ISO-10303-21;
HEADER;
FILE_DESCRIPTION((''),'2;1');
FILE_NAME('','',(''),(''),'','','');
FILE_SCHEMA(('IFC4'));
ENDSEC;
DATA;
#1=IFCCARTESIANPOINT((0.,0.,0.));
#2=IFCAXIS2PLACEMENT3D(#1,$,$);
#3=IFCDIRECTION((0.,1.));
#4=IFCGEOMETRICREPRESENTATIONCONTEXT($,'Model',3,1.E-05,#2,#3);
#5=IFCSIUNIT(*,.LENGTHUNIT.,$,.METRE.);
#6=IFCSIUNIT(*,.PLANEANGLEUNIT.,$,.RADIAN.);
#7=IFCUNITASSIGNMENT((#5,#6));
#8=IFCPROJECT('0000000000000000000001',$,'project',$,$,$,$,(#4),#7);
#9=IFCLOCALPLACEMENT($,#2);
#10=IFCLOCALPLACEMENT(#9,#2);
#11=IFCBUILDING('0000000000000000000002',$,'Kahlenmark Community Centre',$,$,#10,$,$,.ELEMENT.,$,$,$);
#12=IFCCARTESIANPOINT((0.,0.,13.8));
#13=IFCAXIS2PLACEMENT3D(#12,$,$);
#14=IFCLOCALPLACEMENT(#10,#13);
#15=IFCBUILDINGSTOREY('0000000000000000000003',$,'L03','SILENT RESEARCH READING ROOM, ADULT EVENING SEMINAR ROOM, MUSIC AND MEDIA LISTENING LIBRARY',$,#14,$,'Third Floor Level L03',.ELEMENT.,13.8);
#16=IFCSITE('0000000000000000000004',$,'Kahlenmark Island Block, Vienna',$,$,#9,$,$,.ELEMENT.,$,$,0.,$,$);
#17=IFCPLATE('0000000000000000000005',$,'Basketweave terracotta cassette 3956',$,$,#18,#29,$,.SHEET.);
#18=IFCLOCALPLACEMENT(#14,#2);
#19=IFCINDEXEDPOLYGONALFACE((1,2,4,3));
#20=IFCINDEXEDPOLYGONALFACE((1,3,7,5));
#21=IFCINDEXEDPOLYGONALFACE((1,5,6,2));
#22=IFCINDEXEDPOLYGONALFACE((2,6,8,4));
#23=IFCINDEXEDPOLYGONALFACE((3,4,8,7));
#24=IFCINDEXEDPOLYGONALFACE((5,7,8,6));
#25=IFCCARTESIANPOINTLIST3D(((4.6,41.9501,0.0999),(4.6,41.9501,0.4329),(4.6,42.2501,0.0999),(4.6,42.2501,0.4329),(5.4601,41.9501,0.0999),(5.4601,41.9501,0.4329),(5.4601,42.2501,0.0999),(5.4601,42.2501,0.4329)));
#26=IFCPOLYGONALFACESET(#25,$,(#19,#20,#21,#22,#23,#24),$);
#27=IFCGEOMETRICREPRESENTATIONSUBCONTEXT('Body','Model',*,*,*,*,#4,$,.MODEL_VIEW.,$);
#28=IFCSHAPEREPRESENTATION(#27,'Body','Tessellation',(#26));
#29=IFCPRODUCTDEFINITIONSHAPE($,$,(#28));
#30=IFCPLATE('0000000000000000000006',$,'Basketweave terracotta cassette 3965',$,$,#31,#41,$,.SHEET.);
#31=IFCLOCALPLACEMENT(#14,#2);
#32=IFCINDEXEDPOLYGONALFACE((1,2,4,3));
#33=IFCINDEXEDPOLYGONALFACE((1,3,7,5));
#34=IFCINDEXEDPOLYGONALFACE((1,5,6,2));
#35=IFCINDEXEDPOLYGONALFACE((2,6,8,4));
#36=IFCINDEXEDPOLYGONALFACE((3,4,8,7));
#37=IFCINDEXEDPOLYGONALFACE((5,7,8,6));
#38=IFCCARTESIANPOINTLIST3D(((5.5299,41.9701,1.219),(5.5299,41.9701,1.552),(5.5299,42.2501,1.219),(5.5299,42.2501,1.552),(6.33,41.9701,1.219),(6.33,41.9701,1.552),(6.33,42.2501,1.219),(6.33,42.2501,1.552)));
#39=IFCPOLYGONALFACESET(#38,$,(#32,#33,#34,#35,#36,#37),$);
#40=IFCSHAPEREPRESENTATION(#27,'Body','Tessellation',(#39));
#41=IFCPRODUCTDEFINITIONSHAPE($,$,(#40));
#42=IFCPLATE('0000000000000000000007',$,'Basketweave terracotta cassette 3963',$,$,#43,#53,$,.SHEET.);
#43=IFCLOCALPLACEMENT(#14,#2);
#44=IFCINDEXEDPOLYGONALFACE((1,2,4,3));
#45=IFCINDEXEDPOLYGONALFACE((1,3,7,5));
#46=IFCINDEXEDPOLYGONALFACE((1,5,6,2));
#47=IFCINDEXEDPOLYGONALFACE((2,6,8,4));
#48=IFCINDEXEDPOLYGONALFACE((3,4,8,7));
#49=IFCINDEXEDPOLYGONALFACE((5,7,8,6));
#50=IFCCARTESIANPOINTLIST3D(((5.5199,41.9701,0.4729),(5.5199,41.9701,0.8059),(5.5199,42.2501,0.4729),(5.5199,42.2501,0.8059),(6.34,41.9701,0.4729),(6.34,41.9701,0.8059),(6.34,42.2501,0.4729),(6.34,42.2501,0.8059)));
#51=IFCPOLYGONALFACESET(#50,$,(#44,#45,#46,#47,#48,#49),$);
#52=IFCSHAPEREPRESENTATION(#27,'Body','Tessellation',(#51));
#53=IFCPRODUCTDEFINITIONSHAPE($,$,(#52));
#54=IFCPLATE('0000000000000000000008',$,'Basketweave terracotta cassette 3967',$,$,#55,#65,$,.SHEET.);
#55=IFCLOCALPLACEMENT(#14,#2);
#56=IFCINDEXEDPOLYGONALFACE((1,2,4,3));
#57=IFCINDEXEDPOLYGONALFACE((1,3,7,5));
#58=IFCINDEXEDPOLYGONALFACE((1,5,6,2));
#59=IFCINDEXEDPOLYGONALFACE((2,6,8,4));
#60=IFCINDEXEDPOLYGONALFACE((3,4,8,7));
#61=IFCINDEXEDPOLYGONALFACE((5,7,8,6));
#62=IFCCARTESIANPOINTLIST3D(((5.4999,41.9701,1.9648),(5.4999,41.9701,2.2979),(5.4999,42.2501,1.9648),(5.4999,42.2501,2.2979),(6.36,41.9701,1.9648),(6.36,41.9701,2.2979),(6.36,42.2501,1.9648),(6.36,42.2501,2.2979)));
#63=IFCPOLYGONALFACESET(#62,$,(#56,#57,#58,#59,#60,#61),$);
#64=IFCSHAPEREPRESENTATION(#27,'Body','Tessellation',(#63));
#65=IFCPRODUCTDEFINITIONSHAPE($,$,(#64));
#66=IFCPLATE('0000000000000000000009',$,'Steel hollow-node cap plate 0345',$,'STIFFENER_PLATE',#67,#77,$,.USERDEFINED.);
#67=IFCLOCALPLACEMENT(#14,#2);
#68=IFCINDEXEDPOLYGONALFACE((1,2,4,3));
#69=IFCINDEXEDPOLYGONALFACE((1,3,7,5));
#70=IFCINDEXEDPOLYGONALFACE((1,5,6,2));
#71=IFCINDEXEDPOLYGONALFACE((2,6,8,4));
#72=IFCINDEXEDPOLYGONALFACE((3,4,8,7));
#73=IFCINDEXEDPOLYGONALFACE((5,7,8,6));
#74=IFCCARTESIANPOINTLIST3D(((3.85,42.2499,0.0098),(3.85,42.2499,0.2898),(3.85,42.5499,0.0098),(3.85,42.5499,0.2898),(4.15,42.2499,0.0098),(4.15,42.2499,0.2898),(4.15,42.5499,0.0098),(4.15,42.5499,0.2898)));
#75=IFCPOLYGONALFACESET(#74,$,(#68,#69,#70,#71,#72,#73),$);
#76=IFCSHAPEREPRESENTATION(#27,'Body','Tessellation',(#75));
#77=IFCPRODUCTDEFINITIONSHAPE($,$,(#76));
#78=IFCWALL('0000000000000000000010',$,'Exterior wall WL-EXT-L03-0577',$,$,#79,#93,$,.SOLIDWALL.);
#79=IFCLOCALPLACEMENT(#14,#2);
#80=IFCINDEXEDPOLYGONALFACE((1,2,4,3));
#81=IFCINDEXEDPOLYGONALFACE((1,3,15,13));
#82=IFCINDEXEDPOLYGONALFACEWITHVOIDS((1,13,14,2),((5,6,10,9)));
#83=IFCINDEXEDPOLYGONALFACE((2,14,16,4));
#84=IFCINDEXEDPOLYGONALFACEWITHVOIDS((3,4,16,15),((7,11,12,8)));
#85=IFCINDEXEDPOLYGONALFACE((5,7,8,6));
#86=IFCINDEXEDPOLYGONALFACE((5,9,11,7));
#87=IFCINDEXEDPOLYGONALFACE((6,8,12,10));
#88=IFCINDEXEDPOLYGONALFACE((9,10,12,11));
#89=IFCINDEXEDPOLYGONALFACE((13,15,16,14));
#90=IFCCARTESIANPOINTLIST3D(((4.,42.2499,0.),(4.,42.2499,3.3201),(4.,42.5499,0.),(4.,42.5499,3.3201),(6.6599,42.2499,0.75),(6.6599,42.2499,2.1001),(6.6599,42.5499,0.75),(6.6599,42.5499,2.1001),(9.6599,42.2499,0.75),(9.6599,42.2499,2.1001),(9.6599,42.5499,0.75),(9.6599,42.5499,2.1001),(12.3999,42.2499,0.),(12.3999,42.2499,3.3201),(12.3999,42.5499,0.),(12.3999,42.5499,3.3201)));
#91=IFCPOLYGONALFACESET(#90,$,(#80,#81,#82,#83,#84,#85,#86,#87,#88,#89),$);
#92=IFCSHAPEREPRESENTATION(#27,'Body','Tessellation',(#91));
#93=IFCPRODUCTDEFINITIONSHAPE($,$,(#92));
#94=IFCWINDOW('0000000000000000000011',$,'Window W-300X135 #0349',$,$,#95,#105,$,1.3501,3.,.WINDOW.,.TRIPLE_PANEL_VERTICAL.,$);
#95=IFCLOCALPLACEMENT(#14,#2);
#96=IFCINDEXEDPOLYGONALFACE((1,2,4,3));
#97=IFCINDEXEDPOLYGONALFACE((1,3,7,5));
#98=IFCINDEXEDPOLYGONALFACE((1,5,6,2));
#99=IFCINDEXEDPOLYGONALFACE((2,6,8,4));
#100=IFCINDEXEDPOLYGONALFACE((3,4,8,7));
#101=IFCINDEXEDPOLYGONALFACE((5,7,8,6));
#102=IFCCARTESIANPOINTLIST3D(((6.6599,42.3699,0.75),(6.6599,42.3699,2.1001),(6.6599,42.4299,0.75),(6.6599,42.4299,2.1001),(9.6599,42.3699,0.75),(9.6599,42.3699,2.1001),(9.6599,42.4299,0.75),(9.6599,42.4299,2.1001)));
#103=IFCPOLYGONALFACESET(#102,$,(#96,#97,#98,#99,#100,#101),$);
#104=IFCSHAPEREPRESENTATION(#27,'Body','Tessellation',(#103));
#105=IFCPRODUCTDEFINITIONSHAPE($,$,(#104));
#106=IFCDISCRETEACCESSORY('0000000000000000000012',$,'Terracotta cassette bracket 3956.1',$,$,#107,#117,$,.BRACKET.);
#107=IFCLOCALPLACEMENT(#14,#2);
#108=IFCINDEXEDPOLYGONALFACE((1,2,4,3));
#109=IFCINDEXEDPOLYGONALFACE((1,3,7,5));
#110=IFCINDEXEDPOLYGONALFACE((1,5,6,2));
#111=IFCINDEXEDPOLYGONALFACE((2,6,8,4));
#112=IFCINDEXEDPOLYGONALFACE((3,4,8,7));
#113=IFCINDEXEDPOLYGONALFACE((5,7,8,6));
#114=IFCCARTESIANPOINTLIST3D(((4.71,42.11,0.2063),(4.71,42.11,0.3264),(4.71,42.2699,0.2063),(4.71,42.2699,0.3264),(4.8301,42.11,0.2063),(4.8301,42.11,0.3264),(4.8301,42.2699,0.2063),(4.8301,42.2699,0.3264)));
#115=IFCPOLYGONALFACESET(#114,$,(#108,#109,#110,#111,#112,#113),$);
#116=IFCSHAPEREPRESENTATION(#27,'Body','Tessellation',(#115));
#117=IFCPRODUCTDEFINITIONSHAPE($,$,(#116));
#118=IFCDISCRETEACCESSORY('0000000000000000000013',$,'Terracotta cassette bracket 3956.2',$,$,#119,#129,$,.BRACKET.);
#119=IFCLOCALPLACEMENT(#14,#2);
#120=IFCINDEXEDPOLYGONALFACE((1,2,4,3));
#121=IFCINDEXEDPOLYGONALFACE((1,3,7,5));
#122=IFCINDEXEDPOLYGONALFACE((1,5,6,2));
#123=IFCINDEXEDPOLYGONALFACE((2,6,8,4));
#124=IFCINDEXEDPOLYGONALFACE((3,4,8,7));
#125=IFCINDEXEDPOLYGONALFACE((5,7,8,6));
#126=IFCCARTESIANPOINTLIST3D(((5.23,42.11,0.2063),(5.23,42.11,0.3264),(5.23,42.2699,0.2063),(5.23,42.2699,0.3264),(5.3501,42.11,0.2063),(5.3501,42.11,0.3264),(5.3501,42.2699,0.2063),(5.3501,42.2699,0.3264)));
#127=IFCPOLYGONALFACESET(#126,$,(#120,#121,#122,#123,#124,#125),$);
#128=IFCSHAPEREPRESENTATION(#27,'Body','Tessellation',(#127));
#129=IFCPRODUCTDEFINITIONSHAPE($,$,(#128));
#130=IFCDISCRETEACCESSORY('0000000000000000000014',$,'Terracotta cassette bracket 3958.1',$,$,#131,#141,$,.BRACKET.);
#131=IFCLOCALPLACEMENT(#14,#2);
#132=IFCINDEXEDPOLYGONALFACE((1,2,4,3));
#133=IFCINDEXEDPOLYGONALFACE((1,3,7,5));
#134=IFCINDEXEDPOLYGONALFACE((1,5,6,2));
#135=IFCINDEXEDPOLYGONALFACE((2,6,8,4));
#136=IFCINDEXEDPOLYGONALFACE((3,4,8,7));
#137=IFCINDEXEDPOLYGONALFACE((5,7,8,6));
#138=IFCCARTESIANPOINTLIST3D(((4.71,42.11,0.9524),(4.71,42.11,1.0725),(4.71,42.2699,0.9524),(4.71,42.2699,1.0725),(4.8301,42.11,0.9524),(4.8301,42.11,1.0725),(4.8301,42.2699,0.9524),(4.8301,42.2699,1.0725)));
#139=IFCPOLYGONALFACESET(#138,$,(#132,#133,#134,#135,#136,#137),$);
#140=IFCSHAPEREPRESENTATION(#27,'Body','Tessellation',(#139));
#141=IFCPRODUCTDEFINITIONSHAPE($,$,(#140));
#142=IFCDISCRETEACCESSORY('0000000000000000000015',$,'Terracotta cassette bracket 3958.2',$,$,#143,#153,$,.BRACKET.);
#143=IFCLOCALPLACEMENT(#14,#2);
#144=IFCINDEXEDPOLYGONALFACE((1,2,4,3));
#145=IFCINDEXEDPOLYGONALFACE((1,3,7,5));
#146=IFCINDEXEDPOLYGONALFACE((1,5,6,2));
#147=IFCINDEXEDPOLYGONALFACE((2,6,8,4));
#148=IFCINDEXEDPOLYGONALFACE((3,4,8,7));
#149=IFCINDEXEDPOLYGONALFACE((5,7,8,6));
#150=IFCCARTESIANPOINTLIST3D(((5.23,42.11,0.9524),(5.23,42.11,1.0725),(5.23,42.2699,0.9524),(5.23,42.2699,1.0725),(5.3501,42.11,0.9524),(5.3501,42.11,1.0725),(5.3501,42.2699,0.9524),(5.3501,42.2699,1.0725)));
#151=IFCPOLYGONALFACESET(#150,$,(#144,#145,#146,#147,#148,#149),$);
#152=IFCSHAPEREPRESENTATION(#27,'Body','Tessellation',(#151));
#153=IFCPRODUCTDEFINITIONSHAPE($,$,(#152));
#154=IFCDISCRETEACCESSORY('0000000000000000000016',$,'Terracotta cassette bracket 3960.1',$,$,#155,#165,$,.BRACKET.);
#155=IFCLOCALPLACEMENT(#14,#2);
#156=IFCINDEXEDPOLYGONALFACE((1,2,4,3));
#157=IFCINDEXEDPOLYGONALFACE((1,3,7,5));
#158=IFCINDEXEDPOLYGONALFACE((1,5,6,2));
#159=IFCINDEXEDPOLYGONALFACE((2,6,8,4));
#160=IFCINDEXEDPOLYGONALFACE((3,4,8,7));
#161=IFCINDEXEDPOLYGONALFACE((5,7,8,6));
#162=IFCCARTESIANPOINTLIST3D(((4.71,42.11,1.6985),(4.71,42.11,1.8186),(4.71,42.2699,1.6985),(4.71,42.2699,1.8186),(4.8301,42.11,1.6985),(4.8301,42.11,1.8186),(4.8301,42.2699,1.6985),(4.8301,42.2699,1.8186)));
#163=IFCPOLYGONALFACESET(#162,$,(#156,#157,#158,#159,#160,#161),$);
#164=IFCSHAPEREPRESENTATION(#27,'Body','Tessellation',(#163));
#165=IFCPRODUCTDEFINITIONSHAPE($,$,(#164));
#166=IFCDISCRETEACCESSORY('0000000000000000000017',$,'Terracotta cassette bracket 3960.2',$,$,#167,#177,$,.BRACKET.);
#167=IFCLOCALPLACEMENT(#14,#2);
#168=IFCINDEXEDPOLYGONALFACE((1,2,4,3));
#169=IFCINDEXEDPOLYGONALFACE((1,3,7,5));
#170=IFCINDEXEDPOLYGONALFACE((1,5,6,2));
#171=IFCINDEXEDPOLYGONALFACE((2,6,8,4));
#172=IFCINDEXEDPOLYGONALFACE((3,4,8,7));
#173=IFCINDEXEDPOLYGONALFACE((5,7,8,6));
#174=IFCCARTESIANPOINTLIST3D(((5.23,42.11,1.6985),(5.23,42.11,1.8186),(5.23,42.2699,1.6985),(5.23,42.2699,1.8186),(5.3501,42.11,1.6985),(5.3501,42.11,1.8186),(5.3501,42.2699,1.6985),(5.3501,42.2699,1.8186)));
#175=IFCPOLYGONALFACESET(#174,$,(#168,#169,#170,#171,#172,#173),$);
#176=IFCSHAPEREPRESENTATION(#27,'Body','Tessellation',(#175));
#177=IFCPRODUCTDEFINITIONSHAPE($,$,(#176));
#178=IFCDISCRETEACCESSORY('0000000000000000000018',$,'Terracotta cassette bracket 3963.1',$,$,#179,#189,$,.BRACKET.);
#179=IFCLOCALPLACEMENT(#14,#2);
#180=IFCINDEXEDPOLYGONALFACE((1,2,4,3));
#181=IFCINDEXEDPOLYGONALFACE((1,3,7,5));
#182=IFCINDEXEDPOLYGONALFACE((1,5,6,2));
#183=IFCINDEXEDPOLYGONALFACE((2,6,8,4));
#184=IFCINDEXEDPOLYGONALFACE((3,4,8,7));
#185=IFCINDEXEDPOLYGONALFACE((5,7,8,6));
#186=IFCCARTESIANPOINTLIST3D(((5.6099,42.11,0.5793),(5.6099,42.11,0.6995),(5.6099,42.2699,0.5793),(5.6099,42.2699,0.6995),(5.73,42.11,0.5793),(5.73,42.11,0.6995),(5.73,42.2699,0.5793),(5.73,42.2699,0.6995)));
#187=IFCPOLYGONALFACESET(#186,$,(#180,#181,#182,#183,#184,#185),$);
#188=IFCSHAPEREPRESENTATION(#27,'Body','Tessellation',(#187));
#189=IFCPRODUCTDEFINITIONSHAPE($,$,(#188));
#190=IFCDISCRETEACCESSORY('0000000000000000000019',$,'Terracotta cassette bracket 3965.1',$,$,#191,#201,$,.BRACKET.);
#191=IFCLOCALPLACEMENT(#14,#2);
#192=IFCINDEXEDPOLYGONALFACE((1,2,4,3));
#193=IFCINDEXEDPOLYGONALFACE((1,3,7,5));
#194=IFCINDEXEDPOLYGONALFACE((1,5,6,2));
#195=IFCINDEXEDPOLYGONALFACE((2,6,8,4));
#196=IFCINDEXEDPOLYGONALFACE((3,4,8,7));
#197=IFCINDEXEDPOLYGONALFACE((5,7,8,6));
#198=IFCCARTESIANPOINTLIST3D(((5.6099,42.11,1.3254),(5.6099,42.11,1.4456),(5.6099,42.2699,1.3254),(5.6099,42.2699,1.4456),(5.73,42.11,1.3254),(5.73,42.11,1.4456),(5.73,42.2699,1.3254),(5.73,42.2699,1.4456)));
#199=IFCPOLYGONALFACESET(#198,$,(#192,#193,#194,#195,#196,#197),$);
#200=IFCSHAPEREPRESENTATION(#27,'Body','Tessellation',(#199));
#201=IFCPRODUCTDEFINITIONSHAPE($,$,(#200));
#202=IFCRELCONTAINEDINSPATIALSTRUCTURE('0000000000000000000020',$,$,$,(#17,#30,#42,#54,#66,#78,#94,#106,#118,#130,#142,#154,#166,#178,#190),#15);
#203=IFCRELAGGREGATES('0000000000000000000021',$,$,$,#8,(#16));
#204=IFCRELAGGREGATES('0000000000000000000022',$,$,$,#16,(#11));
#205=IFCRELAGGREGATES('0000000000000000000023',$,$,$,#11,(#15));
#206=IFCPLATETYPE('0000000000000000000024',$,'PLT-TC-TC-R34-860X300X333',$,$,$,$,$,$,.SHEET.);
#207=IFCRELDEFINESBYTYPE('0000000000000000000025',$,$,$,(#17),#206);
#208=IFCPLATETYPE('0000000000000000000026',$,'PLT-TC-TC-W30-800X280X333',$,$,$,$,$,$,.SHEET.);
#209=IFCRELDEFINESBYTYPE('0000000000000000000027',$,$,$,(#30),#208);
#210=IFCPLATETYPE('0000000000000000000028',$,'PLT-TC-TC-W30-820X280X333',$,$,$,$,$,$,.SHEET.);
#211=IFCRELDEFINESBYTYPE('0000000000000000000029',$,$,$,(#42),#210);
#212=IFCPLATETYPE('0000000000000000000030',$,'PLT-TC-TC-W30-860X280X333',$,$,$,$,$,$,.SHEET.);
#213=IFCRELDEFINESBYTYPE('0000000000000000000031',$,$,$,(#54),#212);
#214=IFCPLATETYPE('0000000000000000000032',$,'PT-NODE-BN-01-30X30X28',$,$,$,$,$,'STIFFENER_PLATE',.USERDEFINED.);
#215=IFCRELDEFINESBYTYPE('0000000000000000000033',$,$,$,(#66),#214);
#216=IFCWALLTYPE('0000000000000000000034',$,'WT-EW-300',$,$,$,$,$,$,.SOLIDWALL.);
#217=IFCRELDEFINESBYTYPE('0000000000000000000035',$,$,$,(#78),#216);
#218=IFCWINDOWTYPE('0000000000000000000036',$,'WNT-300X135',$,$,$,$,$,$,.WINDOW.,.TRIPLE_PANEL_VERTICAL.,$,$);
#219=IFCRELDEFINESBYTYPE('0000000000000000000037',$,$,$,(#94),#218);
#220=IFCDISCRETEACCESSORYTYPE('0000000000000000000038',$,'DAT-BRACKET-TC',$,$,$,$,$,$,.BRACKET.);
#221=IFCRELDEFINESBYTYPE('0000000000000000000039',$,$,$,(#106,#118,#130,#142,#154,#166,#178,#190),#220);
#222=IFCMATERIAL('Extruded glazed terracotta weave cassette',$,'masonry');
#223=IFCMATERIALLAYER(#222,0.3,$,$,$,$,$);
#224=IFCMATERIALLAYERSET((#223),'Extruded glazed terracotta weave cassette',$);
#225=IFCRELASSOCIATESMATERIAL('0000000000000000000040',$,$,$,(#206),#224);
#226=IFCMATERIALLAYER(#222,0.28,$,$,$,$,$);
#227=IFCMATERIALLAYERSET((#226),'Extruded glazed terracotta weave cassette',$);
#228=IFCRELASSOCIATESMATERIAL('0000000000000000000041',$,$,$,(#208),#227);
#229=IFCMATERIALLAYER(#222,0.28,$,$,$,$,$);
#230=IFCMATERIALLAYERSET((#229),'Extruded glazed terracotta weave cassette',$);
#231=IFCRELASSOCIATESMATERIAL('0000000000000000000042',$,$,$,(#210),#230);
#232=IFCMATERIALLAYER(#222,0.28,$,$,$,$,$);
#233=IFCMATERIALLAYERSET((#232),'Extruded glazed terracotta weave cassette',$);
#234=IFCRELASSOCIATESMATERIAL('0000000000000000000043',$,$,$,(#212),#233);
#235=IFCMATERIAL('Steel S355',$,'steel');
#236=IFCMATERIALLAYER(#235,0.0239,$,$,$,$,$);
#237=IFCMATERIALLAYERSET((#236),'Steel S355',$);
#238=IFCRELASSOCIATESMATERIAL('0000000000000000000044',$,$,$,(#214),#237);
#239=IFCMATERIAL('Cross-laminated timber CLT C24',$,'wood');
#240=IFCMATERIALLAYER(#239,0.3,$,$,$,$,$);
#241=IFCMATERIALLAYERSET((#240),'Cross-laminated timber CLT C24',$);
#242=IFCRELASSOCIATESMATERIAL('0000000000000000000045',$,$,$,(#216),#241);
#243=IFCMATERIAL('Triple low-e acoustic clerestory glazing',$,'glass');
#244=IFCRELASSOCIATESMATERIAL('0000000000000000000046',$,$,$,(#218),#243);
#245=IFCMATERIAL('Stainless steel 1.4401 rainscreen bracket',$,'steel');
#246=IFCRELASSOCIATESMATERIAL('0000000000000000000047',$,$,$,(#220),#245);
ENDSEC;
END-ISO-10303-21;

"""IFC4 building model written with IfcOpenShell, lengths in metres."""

from ifc_helpers import new_model, si_unit, direction, frame, frame_2d, origin, origin_2d, place, context, subcontext, project, spatial, rectangle, extrude, material, layer, layer_set, type_object, element, fill, save


model = new_model("IFC4")

# Units and contexts
model_context = context("Model", 3, precision=1e-05, world=origin(), true_north=direction((0.0, 1.0)))
body_context = subcontext(model_context, "Body", "Model", "MODEL_VIEW")
ifc_project = project(units=[si_unit("LENGTHUNIT", "METRE"), si_unit("PLANEANGLEUNIT", "RADIAN")], contexts=[model_context])

# Site, building, storey
site_placement = place(None, origin())
site = spatial("IfcSite", under=ifc_project, at=site_placement, Name="Kahlenmark Island Block, Vienna", CompositionType="ELEMENT", RefElevation=0.0)
building_placement = place(site_placement, origin())
building = spatial("IfcBuilding", under=site, at=building_placement, Name="Kahlenmark Community Centre", CompositionType="ELEMENT")
storey_placement = place(building_placement, frame((0.0, 0.0, 13.8)))
storey = spatial("IfcBuildingStorey", under=building, at=storey_placement, Name="L03", Description="SILENT RESEARCH READING ROOM, ADULT EVENING SEMINAR ROOM, MUSIC AND MEDIA LISTENING LIBRARY", LongName="Third Floor Level L03", CompositionType="ELEMENT", Elevation=13.8)

# Shared definitions
ifc_material_1 = material(Name="Steel S355", Category="steel")

# Plates
ifc_material_2 = material(Name="Extruded glazed terracotta weave cassette", Category="masonry")
ifc_layer_1 = layer(ifc_material_2, 0.3)
ifc_layer_set_1 = layer_set([ifc_layer_1], Name="Extruded glazed terracotta weave cassette")
plate_type_1 = type_object("IfcPlateType", Name="PLT-TC-TC-R34-860X300X333", PredefinedType="SHEET", material=ifc_layer_set_1)
plate_1_placement = place(storey_placement, frame((5.03, 42.1001, 0.0999), z_axis=(0.0, 0.0, 1.0), x_axis=(1.0, 0.0, 0.0)))
element("IfcPlate", 1, at=plate_1_placement, inside=storey, type_object=plate_type_1, Name="Basketweave terracotta cassette 3956", PredefinedType="SHEET", context=body_context, shape_type="SweptSolid", body=[
    extrude(rectangle(XDim=0.8601, YDim=0.3, at=origin_2d()), origin(), (0.0, 0.0, 1.0), 0.333),
])
ifc_layer_2 = layer(ifc_material_2, 0.28)
ifc_layer_set_2 = layer_set([ifc_layer_2], Name="Extruded glazed terracotta weave cassette")
plate_type_2 = type_object("IfcPlateType", Name="PLT-TC-TC-W30-800X280X333", PredefinedType="SHEET", material=ifc_layer_set_2)
plate_2_placement = place(storey_placement, frame((5.9299, 42.1101, 1.219), z_axis=(0.0, 0.0, 1.0), x_axis=(1.0, 0.0, 0.0)))
element("IfcPlate", 2, at=plate_2_placement, inside=storey, type_object=plate_type_2, Name="Basketweave terracotta cassette 3965", PredefinedType="SHEET", context=body_context, shape_type="SweptSolid", body=[
    extrude(rectangle(XDim=0.8, YDim=0.28, at=origin_2d()), origin(), (0.0, 0.0, 1.0), 0.333),
])
ifc_layer_3 = layer(ifc_material_2, 0.28)
ifc_layer_set_3 = layer_set([ifc_layer_3], Name="Extruded glazed terracotta weave cassette")
plate_type_3 = type_object("IfcPlateType", Name="PLT-TC-TC-W30-820X280X333", PredefinedType="SHEET", material=ifc_layer_set_3)
plate_3_placement = place(storey_placement, frame((5.9299, 42.1101, 0.4729), z_axis=(0.0, 0.0, 1.0), x_axis=(1.0, 0.0, 0.0)))
element("IfcPlate", 3, at=plate_3_placement, inside=storey, type_object=plate_type_3, Name="Basketweave terracotta cassette 3963", PredefinedType="SHEET", context=body_context, shape_type="SweptSolid", body=[
    extrude(rectangle(XDim=0.8201, YDim=0.28, at=origin_2d()), origin(), (0.0, 0.0, 1.0), 0.333),
])
ifc_layer_4 = layer(ifc_material_2, 0.28)
ifc_layer_set_4 = layer_set([ifc_layer_4], Name="Extruded glazed terracotta weave cassette")
plate_type_4 = type_object("IfcPlateType", Name="PLT-TC-TC-W30-860X280X333", PredefinedType="SHEET", material=ifc_layer_set_4)
plate_4_placement = place(storey_placement, frame((5.9299, 42.1101, 1.9648), z_axis=(0.0, 0.0, 1.0), x_axis=(1.0, 0.0, 0.0)))
element("IfcPlate", 4, at=plate_4_placement, inside=storey, type_object=plate_type_4, Name="Basketweave terracotta cassette 3967", PredefinedType="SHEET", context=body_context, shape_type="SweptSolid", body=[
    extrude(rectangle(XDim=0.8601, YDim=0.28, at=origin_2d()), origin(), (0.0, 0.0, 1.0), 0.333),
])
ifc_layer_5 = layer(ifc_material_1, 0.0239)
ifc_layer_set_5 = layer_set([ifc_layer_5], Name="Steel S355")
plate_type_5 = type_object("IfcPlateType", Name="PT-NODE-BN-01-30X30X28", ElementType="STIFFENER_PLATE", PredefinedType="USERDEFINED", material=ifc_layer_set_5)
plate_5_placement = place(storey_placement, frame((4.0, 42.3999, 0.0098), z_axis=(0.0, 0.0, 1.0), x_axis=(1.0, 0.0, 0.0)))
element("IfcPlate", 5, at=plate_5_placement, inside=storey, type_object=plate_type_5, Name="Steel hollow-node cap plate 0345", ObjectType="STIFFENER_PLATE", PredefinedType="USERDEFINED", context=body_context, shape_type="SweptSolid", body=[
    extrude(rectangle(XDim=0.3, YDim=0.3, at=origin_2d()), origin(), (0.0, 0.0, 1.0), 0.28),
])

# Wall, opening, window
ifc_material_3 = material(Name="Cross-laminated timber CLT C24", Category="wood")
ifc_layer_6 = layer(ifc_material_3, 0.3)
ifc_layer_set_6 = layer_set([ifc_layer_6], Name="Cross-laminated timber CLT C24")
wall_type = type_object("IfcWallType", Name="WT-EW-300", PredefinedType="SOLIDWALL", material=ifc_layer_set_6)
wall_placement = place(storey_placement, frame((4.0, 42.3999, 0.0), z_axis=(0.0, 0.0, 1.0), x_axis=(1.0, 0.0, 0.0)))
wall = element("IfcWall", 6, at=wall_placement, inside=storey, type_object=wall_type, Name="Exterior wall WL-EXT-L03-0577", PredefinedType="SOLIDWALL", context=body_context, shape_type="SweptSolid", body=[
    extrude(rectangle(XDim=8.3999, YDim=0.3, at=frame_2d((4.2, 0.0))), origin(), (0.0, 0.0, 1.0), 3.3201),
])
opening_placement = place(wall_placement, frame((2.6599, 0.0, 0.75)))
opening = element("IfcOpeningElement", 7, at=opening_placement, cuts=wall, PredefinedType="OPENING", context=body_context, shape_type="SweptSolid", body=[
    extrude(rectangle(XDim=3.0, YDim=1.3501, at=frame_2d((1.5, 0.675))), frame((0.0, 0.1599, 0.0), z_axis=(0.0, -1.0, 0.0), x_axis=(1.0, 0.0, 0.0)), (0.0, 0.0, 1.0), 0.3201),
])
ifc_material_4 = material(Name="Triple low-e acoustic clerestory glazing", Category="glass")
window_type = type_object("IfcWindowType", Name="WNT-300X135", PartitioningType="TRIPLE_PANEL_VERTICAL", PredefinedType="WINDOW", material=ifc_material_4)
window_placement = place(opening_placement, origin())
window = element("IfcWindow", 8, at=window_placement, inside=storey, type_object=window_type, Name="Window W-300X135 #0349", OverallHeight=1.3501, OverallWidth=3.0, PartitioningType="TRIPLE_PANEL_VERTICAL", PredefinedType="WINDOW", context=body_context, shape_type="SweptSolid", body=[
    extrude(rectangle(XDim=3.0, YDim=1.3501, at=frame_2d((1.5, 0.675))), frame((0.0, 0.03, 0.0), z_axis=(0.0, -1.0, 0.0), x_axis=(1.0, 0.0, 0.0)), (0.0, 0.0, 1.0), 0.0601),
])
fill(opening, window)

# Discrete accessories
ifc_material_5 = material(Name="Stainless steel 1.4401 rainscreen bracket", Category="steel")
discrete_accessory_type = type_object("IfcDiscreteAccessoryType", Name="DAT-BRACKET-TC", PredefinedType="BRACKET", material=ifc_material_5)
for number, where, z_axis, x_axis, name in (
    (9, (4.77, 42.1899, 0.2063), (0.0, 0.0, 1.0), (1.0, 0.0, 0.0), "Terracotta cassette bracket 3956.1"),
    (10, (5.29, 42.1899, 0.2063), (0.0, 0.0, 1.0), (1.0, 0.0, 0.0), "Terracotta cassette bracket 3956.2"),
    (11, (4.77, 42.1899, 0.9524), (0.0, 0.0, 1.0), (1.0, 0.0, 0.0), "Terracotta cassette bracket 3958.1"),
    (12, (5.29, 42.1899, 0.9524), (0.0, 0.0, 1.0), (1.0, 0.0, 0.0), "Terracotta cassette bracket 3958.2"),
    (13, (4.77, 42.1899, 1.6985), (0.0, 0.0, 1.0), (1.0, 0.0, 0.0), "Terracotta cassette bracket 3960.1"),
    (14, (5.29, 42.1899, 1.6985), (0.0, 0.0, 1.0), (1.0, 0.0, 0.0), "Terracotta cassette bracket 3960.2"),
    (15, (5.6699, 42.1899, 0.5793), (0.0, 0.0, 1.0), (1.0, 0.0, 0.0), "Terracotta cassette bracket 3963.1"),
    (16, (5.6699, 42.1899, 1.3254), (0.0, 0.0, 1.0), (1.0, 0.0, 0.0), "Terracotta cassette bracket 3965.1"),
):
    element("IfcDiscreteAccessory", number, at=place(storey_placement, frame(where, z_axis=z_axis, x_axis=x_axis)), inside=storey, type_object=discrete_accessory_type, Name=name, PredefinedType="BRACKET", context=body_context, shape_type="SweptSolid", body=[
        extrude(rectangle(XDim=0.1201, YDim=0.1599, at=origin_2d()), origin(), (0.0, 0.0, 1.0), 0.1201),
    ])

save(model, "model.ifc")
